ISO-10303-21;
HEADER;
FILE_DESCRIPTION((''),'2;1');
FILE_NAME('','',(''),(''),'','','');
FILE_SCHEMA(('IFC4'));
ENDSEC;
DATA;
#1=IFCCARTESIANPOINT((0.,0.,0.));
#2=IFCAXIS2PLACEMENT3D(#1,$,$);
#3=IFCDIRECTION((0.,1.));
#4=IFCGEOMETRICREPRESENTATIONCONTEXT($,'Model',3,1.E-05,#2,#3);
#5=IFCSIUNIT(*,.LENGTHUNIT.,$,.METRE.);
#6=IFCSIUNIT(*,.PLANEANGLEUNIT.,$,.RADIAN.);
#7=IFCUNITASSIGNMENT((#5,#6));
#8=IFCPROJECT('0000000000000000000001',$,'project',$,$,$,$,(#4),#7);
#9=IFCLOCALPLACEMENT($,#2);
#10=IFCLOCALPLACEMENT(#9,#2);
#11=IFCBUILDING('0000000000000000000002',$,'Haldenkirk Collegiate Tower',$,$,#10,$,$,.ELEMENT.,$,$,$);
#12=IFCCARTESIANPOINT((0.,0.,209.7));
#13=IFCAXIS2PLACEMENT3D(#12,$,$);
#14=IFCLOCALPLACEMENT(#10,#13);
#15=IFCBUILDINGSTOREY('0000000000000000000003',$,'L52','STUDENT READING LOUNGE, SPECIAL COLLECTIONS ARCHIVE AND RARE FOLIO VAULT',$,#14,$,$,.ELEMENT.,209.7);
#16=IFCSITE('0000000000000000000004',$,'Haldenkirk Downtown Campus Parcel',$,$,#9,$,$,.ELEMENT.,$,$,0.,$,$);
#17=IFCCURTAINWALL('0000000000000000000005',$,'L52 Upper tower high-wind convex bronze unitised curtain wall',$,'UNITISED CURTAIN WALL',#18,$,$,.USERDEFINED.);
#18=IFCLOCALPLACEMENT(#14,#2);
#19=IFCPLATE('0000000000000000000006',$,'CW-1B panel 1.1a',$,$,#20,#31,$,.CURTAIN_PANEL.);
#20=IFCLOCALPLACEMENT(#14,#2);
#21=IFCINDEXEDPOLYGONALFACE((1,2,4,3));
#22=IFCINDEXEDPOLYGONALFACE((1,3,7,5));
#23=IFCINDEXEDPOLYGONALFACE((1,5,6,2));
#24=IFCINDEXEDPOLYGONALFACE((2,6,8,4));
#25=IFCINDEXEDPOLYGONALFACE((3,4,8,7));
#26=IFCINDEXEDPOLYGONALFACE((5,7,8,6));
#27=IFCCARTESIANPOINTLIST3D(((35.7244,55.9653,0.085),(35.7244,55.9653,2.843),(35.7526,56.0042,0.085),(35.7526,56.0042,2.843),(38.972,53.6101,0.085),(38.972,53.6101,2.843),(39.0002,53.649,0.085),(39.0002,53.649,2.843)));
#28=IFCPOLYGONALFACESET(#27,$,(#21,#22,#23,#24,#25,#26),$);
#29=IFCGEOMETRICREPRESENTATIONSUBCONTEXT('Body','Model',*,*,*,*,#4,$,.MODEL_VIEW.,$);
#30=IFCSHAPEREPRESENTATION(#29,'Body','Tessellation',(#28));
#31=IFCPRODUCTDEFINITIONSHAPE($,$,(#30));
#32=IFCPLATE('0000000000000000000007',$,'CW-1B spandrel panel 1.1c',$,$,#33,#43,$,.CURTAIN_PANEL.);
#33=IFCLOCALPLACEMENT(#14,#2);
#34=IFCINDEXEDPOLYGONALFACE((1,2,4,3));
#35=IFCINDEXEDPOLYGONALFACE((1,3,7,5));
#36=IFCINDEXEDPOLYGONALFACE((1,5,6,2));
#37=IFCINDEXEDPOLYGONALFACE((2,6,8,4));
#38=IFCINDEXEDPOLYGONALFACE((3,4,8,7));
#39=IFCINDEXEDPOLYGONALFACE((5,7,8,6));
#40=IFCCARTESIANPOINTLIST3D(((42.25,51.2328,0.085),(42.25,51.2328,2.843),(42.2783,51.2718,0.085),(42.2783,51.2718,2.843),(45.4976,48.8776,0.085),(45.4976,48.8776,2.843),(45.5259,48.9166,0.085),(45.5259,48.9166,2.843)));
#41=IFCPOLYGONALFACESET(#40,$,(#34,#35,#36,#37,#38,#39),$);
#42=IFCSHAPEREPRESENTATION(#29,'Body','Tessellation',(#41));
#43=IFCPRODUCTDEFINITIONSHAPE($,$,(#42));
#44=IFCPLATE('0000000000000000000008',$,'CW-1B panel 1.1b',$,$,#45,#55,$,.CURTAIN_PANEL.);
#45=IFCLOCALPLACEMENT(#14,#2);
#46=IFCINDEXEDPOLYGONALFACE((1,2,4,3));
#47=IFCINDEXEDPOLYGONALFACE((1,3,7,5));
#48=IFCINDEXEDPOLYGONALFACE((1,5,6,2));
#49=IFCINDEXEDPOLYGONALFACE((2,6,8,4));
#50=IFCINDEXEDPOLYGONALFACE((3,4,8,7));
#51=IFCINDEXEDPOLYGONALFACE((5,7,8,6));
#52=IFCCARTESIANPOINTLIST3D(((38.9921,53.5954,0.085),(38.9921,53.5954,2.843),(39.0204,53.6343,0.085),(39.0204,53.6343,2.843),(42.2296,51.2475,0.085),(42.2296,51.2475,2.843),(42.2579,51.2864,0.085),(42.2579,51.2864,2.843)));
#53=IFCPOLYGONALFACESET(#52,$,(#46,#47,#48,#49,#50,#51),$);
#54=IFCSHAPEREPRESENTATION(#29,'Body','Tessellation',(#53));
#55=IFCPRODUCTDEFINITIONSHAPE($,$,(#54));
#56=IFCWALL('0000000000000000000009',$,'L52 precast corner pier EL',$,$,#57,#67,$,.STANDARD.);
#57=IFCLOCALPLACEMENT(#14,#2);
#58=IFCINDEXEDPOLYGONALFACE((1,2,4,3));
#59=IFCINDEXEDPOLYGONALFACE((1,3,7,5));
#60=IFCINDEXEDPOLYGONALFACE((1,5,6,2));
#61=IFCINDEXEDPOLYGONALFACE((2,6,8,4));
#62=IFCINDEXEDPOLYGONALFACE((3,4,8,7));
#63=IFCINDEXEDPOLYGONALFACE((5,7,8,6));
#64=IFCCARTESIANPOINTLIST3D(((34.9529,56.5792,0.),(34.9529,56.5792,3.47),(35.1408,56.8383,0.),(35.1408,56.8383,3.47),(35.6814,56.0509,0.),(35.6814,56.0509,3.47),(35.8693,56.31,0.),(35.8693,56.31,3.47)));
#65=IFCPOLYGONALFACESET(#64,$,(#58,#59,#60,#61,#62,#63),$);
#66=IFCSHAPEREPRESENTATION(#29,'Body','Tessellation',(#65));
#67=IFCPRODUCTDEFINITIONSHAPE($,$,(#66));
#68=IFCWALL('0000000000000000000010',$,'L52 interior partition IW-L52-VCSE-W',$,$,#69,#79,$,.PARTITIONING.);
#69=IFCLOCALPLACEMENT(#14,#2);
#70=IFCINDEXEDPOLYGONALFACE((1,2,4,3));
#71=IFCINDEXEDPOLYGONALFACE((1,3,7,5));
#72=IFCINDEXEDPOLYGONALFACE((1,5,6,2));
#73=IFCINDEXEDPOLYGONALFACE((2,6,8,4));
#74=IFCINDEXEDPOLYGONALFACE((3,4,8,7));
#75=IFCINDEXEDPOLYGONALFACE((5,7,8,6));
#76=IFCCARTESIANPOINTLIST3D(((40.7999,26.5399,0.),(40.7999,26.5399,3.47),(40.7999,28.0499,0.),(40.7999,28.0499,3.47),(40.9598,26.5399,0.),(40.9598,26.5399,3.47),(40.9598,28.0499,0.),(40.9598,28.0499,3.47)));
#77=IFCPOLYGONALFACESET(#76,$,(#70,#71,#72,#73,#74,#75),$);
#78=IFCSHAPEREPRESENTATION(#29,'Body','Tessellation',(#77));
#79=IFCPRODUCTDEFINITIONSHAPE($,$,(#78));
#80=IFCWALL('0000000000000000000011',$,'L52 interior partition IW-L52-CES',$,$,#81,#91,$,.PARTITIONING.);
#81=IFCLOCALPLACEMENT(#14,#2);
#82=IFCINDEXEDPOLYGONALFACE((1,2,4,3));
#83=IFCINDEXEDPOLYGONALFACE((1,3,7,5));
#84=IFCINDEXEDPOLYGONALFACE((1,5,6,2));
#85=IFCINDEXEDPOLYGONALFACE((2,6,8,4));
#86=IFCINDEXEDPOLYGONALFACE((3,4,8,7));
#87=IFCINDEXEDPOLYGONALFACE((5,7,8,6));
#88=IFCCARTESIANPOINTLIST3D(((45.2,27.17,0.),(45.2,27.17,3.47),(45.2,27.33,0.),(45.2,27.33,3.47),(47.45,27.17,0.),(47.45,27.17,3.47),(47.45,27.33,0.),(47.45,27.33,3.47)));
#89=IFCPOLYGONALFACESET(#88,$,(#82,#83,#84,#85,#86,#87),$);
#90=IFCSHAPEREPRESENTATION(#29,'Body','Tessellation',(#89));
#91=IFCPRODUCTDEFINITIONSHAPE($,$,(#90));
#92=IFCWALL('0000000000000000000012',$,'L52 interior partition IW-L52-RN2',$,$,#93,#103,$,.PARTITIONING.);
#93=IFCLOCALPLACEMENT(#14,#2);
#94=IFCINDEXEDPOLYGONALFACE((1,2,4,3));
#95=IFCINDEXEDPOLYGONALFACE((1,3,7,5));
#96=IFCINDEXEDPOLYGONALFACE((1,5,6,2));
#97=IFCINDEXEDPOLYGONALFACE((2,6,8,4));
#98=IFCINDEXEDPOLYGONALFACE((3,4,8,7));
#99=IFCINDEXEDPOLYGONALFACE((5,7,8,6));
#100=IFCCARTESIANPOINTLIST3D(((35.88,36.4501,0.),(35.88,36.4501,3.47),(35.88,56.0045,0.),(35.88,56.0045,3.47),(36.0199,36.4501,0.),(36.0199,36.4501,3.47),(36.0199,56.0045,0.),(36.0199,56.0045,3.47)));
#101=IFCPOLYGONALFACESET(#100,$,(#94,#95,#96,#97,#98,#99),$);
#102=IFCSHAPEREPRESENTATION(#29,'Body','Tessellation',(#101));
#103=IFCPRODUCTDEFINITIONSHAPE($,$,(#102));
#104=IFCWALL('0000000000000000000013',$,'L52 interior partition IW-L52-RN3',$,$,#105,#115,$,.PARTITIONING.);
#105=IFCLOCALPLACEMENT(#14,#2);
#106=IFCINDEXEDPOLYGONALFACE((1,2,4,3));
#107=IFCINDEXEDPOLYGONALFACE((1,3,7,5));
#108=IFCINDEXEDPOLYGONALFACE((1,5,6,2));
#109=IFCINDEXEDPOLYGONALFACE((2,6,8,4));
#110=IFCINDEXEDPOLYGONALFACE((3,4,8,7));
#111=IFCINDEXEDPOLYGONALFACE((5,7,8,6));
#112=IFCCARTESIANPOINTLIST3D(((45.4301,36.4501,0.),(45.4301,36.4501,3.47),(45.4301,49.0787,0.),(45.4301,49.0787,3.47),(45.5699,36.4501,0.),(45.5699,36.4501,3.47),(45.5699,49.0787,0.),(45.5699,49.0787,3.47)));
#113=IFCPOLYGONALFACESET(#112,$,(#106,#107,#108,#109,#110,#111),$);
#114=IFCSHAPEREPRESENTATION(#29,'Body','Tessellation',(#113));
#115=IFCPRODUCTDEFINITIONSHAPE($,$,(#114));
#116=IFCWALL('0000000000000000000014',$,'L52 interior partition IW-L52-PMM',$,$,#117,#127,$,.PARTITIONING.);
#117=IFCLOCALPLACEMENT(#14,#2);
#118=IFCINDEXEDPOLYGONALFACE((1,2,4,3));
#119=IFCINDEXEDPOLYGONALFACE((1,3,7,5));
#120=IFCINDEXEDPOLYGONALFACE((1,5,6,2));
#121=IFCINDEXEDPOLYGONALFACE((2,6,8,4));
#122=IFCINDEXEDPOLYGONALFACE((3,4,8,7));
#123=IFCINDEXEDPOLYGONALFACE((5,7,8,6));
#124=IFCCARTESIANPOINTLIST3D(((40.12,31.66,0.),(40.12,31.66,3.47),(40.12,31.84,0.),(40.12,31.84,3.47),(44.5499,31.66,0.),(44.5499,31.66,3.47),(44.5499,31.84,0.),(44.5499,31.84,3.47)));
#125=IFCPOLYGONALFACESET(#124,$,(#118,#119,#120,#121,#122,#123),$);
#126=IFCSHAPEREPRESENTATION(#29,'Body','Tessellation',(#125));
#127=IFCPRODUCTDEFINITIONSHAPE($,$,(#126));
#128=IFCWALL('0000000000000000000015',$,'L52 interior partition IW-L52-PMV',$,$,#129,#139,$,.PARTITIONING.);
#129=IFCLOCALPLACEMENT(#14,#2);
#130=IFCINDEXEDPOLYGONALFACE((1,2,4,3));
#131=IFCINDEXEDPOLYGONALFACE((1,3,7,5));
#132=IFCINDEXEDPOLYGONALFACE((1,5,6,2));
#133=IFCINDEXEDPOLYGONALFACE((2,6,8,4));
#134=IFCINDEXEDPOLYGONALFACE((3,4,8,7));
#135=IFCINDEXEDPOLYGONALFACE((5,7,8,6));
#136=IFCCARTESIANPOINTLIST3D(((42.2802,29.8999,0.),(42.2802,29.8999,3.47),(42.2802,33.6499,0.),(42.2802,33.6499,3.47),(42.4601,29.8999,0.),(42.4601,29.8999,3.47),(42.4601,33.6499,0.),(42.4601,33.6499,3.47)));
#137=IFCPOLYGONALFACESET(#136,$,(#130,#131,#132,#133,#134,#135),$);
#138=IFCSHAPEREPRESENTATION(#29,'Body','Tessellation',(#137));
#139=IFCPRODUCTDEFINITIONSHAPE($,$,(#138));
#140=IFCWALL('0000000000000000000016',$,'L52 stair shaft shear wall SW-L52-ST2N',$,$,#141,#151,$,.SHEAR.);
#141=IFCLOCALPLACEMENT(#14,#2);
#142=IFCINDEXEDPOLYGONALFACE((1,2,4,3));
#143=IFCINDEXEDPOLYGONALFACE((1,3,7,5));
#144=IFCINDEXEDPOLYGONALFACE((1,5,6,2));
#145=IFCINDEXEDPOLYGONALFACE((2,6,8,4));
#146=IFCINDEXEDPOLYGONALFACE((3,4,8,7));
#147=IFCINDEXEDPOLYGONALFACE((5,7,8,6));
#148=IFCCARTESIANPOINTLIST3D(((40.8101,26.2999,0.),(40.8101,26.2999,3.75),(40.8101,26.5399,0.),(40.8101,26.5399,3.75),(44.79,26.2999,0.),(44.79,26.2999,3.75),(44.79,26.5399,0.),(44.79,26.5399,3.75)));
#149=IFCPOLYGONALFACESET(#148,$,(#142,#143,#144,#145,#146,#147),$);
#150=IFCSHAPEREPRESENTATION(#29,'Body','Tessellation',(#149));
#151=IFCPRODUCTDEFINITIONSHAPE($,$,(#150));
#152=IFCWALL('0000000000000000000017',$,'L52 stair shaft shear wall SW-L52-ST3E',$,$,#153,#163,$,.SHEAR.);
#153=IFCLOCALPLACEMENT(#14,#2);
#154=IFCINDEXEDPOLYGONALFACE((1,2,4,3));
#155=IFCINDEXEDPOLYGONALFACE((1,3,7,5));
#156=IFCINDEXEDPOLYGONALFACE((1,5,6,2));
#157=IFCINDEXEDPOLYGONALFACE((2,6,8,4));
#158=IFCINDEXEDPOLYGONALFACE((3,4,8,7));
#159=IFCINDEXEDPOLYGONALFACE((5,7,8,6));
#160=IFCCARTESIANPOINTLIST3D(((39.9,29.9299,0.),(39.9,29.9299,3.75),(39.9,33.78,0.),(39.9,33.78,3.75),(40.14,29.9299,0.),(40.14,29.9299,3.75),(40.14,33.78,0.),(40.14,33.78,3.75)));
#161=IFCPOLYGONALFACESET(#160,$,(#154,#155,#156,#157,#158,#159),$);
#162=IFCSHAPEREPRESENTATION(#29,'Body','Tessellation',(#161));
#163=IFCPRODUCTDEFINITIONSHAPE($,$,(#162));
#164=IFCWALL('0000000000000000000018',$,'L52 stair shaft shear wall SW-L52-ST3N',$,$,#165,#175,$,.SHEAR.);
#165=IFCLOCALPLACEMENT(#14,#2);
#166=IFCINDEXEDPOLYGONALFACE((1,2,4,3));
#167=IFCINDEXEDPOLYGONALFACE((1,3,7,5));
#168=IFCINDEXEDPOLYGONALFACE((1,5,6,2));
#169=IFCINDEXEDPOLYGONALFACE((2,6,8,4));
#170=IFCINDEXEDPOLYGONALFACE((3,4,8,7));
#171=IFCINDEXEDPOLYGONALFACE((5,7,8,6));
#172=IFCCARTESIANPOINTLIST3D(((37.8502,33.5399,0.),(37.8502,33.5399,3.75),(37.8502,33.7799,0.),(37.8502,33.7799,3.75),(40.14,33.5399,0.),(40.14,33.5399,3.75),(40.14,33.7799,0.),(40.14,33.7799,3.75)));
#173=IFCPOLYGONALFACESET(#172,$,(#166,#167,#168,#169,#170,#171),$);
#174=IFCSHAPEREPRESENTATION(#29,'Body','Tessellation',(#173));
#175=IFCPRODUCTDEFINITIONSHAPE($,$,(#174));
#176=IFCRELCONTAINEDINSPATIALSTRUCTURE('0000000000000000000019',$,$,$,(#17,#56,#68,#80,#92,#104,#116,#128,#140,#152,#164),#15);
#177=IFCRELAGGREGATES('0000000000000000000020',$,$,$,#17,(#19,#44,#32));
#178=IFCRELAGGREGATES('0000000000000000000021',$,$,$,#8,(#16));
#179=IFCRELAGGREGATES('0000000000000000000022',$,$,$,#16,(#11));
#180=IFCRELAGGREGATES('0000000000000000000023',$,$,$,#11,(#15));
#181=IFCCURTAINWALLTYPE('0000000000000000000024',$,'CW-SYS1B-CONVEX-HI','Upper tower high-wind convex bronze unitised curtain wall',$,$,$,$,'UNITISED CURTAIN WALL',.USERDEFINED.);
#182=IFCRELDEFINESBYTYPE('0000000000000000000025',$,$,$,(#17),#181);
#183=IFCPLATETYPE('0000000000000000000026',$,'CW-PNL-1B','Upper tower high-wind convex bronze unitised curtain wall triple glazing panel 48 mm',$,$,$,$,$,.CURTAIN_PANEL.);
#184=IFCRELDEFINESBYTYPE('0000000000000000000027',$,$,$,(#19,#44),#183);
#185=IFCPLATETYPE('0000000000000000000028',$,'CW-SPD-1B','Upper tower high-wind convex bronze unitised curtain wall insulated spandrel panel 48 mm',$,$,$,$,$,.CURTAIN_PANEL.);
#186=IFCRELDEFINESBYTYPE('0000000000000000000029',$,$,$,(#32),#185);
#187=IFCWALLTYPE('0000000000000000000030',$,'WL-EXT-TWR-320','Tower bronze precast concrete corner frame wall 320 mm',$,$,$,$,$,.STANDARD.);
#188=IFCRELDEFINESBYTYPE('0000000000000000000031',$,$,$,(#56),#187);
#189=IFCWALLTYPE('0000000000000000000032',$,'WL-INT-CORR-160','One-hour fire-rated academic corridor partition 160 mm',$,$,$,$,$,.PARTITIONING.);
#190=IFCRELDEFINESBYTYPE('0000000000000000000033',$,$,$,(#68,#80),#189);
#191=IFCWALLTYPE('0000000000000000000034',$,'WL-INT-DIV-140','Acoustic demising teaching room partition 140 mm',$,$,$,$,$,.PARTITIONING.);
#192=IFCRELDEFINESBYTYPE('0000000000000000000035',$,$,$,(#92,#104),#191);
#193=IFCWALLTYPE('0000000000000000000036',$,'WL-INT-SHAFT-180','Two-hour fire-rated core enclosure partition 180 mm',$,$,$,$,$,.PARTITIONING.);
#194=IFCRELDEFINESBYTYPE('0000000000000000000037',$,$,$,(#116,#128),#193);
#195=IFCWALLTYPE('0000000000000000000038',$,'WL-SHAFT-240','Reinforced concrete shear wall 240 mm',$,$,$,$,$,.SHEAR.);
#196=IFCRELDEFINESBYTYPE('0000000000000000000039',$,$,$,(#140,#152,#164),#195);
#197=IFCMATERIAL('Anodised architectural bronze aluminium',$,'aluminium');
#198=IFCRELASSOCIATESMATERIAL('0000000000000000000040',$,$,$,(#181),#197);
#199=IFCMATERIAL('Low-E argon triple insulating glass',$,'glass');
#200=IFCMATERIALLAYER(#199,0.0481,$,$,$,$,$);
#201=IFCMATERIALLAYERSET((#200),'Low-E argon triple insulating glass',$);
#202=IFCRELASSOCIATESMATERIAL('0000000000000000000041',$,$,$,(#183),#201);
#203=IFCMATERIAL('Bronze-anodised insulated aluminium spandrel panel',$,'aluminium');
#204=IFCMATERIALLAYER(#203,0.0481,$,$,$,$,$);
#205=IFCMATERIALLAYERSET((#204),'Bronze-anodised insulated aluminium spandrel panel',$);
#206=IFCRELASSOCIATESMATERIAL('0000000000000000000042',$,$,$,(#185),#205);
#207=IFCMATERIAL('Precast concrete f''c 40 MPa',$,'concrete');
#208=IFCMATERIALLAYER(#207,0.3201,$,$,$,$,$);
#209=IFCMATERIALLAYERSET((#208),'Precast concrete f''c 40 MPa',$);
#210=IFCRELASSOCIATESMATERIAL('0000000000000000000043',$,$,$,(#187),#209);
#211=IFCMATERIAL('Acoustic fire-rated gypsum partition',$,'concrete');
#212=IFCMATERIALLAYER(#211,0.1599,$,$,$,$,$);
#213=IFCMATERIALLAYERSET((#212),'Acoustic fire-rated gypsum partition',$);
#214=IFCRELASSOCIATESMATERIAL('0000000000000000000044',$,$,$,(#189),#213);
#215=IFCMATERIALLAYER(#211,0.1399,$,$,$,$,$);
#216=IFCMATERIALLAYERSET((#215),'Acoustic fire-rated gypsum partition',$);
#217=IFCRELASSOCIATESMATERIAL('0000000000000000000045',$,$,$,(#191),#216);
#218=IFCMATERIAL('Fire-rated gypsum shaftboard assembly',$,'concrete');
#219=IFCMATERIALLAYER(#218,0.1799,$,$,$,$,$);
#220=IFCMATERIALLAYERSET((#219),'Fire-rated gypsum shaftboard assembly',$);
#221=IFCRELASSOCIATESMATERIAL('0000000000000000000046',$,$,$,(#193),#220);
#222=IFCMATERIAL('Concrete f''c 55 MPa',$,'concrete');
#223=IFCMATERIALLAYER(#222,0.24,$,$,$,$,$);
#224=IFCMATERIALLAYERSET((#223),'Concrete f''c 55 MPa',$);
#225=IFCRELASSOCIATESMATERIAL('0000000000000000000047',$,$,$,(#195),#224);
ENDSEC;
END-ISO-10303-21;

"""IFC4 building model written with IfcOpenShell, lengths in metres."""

from ifc_helpers import new_model, si_unit, direction, frame, frame_2d, origin, origin_2d, place, context, subcontext, project, spatial, rectangle, extrude, source, transform, mapped, material, layer, layer_set, type_object, element, aggregate, save


model = new_model("IFC4")

# Units and contexts
model_context = context("Model", 3, precision=1e-05, world=origin(), true_north=direction((0.0, 1.0)))
body_context = subcontext(model_context, "Body", "Model", "MODEL_VIEW")
ifc_project = project(units=[si_unit("LENGTHUNIT", "METRE"), si_unit("PLANEANGLEUNIT", "RADIAN")], contexts=[model_context])

# Site, building, storey
site_placement = place(None, origin())
site = spatial("IfcSite", under=ifc_project, at=site_placement, Name="Haldenkirk Downtown Campus Parcel", CompositionType="ELEMENT", RefElevation=0.0)
building_placement = place(site_placement, origin())
building = spatial("IfcBuilding", under=site, at=building_placement, Name="Haldenkirk Collegiate Tower", CompositionType="ELEMENT")
storey_placement = place(building_placement, frame((0.0, 0.0, 209.7)))
storey = spatial("IfcBuildingStorey", under=building, at=storey_placement, Name="L52", Description="STUDENT READING LOUNGE, SPECIAL COLLECTIONS ARCHIVE AND RARE FOLIO VAULT", CompositionType="ELEMENT", Elevation=209.7)

# Curtain wall, plates
ifc_material_1 = material(Name="Anodised architectural bronze aluminium", Category="aluminium")
curtain_wall_type = type_object("IfcCurtainWallType", Name="CW-SYS1B-CONVEX-HI", Description="Upper tower high-wind convex bronze unitised curtain wall", ElementType="UNITISED CURTAIN WALL", PredefinedType="USERDEFINED", material=ifc_material_1)
curtain_wall_placement = place(storey_placement, origin())
curtain_wall = element("IfcCurtainWall", 1, at=curtain_wall_placement, inside=storey, type_object=curtain_wall_type, Name="L52 Upper tower high-wind convex bronze unitised curtain wall", ObjectType="UNITISED CURTAIN WALL", PredefinedType="USERDEFINED")
ifc_material_2 = material(Name="Low-E argon triple insulating glass", Category="glass")
ifc_layer_1 = layer(ifc_material_2, 0.0481)
ifc_layer_set_1 = layer_set([ifc_layer_1], Name="Low-E argon triple insulating glass")
plate_type_1 = type_object("IfcPlateType", Name="CW-PNL-1B", Description="Upper tower high-wind convex bronze unitised curtain wall triple glazing panel 48 mm", PredefinedType="CURTAIN_PANEL", material=ifc_layer_set_1)
shared_shape_1 = source(origin(), body_context, "Body", "SweptSolid", [
    extrude(rectangle(XDim=4.0117, YDim=0.0481, at=origin_2d()), origin(), (0.0, 0.0, 1.0), 2.7581),
])
plate_1_placement = place(storey_placement, frame((37.3623, 54.8071, 0.085), z_axis=(0.0, 0.0, 1.0), x_axis=(0.809529, -0.58708, 0.0)))
plate_1 = element("IfcPlate", 2, at=plate_1_placement, type_object=plate_type_1, Name="CW-1B panel 1.1a", PredefinedType="CURTAIN_PANEL", context=body_context, shape_type="MappedRepresentation", body=[
    mapped(shared_shape_1, transform((0.0, 0.0, 0.0), x_axis=(1.0, 0.0, 0.0), y_axis=(0.0, 1.0, 0.0), z_axis=(0.0, 0.0, 1.0), scale=1.0)),
])
ifc_material_3 = material(Name="Bronze-anodised insulated aluminium spandrel panel", Category="aluminium")
ifc_layer_2 = layer(ifc_material_3, 0.0481)
ifc_layer_set_2 = layer_set([ifc_layer_2], Name="Bronze-anodised insulated aluminium spandrel panel")
plate_type_2 = type_object("IfcPlateType", Name="CW-SPD-1B", Description="Upper tower high-wind convex bronze unitised curtain wall insulated spandrel panel 48 mm", PredefinedType="CURTAIN_PANEL", material=ifc_layer_set_2)
plate_2_placement = place(storey_placement, frame((43.8879, 50.0747, 0.085), z_axis=(0.0, 0.0, 1.0), x_axis=(0.809529, -0.58708, 0.0)))
plate_2 = element("IfcPlate", 3, at=plate_2_placement, type_object=plate_type_2, Name="CW-1B spandrel panel 1.1c", PredefinedType="CURTAIN_PANEL", context=body_context, shape_type="MappedRepresentation", body=[
    mapped(shared_shape_1, transform((0.0, 0.0, 0.0), x_axis=(1.0, 0.0, 0.0), y_axis=(0.0, 1.0, 0.0), z_axis=(0.0, 0.0, 1.0), scale=1.0)),
])
shared_shape_2 = source(origin(), body_context, "Body", "SweptSolid", [
    extrude(rectangle(XDim=3.9993, YDim=0.0481, at=origin_2d()), origin(), (0.0, 0.0, 1.0), 2.7581),
])
plate_3_placement = place(storey_placement, frame((40.625, 52.4409, 0.085), z_axis=(0.0, 0.0, 1.0), x_axis=(0.809529, -0.58708, 0.0)))
plate_3 = element("IfcPlate", 4, at=plate_3_placement, type_object=plate_type_1, Name="CW-1B panel 1.1b", PredefinedType="CURTAIN_PANEL", context=body_context, shape_type="MappedRepresentation", body=[
    mapped(shared_shape_2, transform((0.0, 0.0, 0.0), x_axis=(1.0, 0.0, 0.0), y_axis=(0.0, 1.0, 0.0), z_axis=(0.0, 0.0, 1.0), scale=1.0)),
])
aggregate(curtain_wall, [plate_1, plate_3, plate_2])

# Wall
ifc_material_4 = material(Name="Precast concrete f'c 40 MPa", Category="concrete")
ifc_layer_3 = layer(ifc_material_4, 0.3201)
ifc_layer_set_3 = layer_set([ifc_layer_3], Name="Precast concrete f'c 40 MPa")
wall_type_1 = type_object("IfcWallType", Name="WL-EXT-TWR-320", Description="Tower bronze precast concrete corner frame wall 320 mm", PredefinedType="STANDARD", material=ifc_layer_set_3)
wall_1_placement = place(storey_placement, frame((35.0469, 56.7087, 0.0), z_axis=(0.0, 0.0, 1.0), x_axis=(0.809533, -0.587074, 0.0)))
element("IfcWall", 5, at=wall_1_placement, inside=storey, type_object=wall_type_1, Name="L52 precast corner pier EL", PredefinedType="STANDARD", context=body_context, shape_type="SweptSolid", body=[
    extrude(rectangle(XDim=0.8999, YDim=0.3201, at=frame_2d((0.45, 0.0))), origin(), (0.0, 0.0, 1.0), 3.47),
])

# Shared definitions
ifc_material_5 = material(Name="Acoustic fire-rated gypsum partition", Category="concrete")
ifc_layer_4 = layer(ifc_material_5, 0.1599)
ifc_layer_set_4 = layer_set([ifc_layer_4], Name="Acoustic fire-rated gypsum partition")
wall_type_2 = type_object("IfcWallType", Name="WL-INT-CORR-160", Description="One-hour fire-rated academic corridor partition 160 mm", PredefinedType="PARTITIONING", material=ifc_layer_set_4)

# Walls
wall_2_placement = place(storey_placement, frame((40.8799, 26.54, 0.0), z_axis=(0.0, 0.0, 1.0), x_axis=(0.0, 1.0, 0.0)))
element("IfcWall", 6, at=wall_2_placement, inside=storey, type_object=wall_type_2, Name="L52 interior partition IW-L52-VCSE-W", PredefinedType="PARTITIONING", context=body_context, shape_type="SweptSolid", body=[
    extrude(rectangle(XDim=1.51, YDim=0.1599, at=frame_2d((0.7549, 0.0))), origin(), (0.0, 0.0, 1.0), 3.47),
])
wall_3_placement = place(storey_placement, frame((45.2, 27.25, 0.0), z_axis=(0.0, 0.0, 1.0), x_axis=(1.0, 0.0, 0.0)))
element("IfcWall", 7, at=wall_3_placement, inside=storey, type_object=wall_type_2, Name="L52 interior partition IW-L52-CES", PredefinedType="PARTITIONING", context=body_context, shape_type="SweptSolid", body=[
    extrude(rectangle(XDim=2.25, YDim=0.1599, at=frame_2d((1.125, 0.0))), origin(), (0.0, 0.0, 1.0), 3.47),
])
ifc_layer_5 = layer(ifc_material_5, 0.1399)
ifc_layer_set_5 = layer_set([ifc_layer_5], Name="Acoustic fire-rated gypsum partition")
wall_type_3 = type_object("IfcWallType", Name="WL-INT-DIV-140", Description="Acoustic demising teaching room partition 140 mm", PredefinedType="PARTITIONING", material=ifc_layer_set_5)
wall_4_placement = place(storey_placement, frame((35.95, 36.45, 0.0), z_axis=(0.0, 0.0, 1.0), x_axis=(0.0, 1.0, 0.0)))
element("IfcWall", 8, at=wall_4_placement, inside=storey, type_object=wall_type_3, Name="L52 interior partition IW-L52-RN2", PredefinedType="PARTITIONING", context=body_context, shape_type="SweptSolid", body=[
    extrude(rectangle(XDim=19.5544, YDim=0.1399, at=frame_2d((9.7773, 0.0))), origin(), (0.0, 0.0, 1.0), 3.47),
])
wall_5_placement = place(storey_placement, frame((45.5, 36.45, 0.0), z_axis=(0.0, 0.0, 1.0), x_axis=(0.0, 1.0, 0.0)))
element("IfcWall", 9, at=wall_5_placement, inside=storey, type_object=wall_type_3, Name="L52 interior partition IW-L52-RN3", PredefinedType="PARTITIONING", context=body_context, shape_type="SweptSolid", body=[
    extrude(rectangle(XDim=12.6287, YDim=0.1399, at=frame_2d((6.3145, 0.0))), origin(), (0.0, 0.0, 1.0), 3.47),
])

# Shared definitions
ifc_material_6 = material(Name="Fire-rated gypsum shaftboard assembly", Category="concrete")
ifc_layer_6 = layer(ifc_material_6, 0.1799)
ifc_layer_set_6 = layer_set([ifc_layer_6], Name="Fire-rated gypsum shaftboard assembly")
wall_type_4 = type_object("IfcWallType", Name="WL-INT-SHAFT-180", Description="Two-hour fire-rated core enclosure partition 180 mm", PredefinedType="PARTITIONING", material=ifc_layer_set_6)

# Walls
wall_6_placement = place(storey_placement, frame((40.1201, 31.75, 0.0), z_axis=(0.0, 0.0, 1.0), x_axis=(1.0, 0.0, 0.0)))
element("IfcWall", 10, at=wall_6_placement, inside=storey, type_object=wall_type_4, Name="L52 interior partition IW-L52-PMM", PredefinedType="PARTITIONING", context=body_context, shape_type="SweptSolid", body=[
    extrude(rectangle(XDim=4.4299, YDim=0.1799, at=frame_2d((2.2148, 0.0))), origin(), (0.0, 0.0, 1.0), 3.47),
])
wall_7_placement = place(storey_placement, frame((42.3701, 29.8999, 0.0), z_axis=(0.0, 0.0, 1.0), x_axis=(0.0, 1.0, 0.0)))
element("IfcWall", 11, at=wall_7_placement, inside=storey, type_object=wall_type_4, Name="L52 interior partition IW-L52-PMV", PredefinedType="PARTITIONING", context=body_context, shape_type="SweptSolid", body=[
    extrude(rectangle(XDim=3.75, YDim=0.1799, at=frame_2d((1.875, 0.0))), origin(), (0.0, 0.0, 1.0), 3.47),
])
ifc_material_7 = material(Name="Concrete f'c 55 MPa", Category="concrete")
ifc_layer_7 = layer(ifc_material_7, 0.24)
ifc_layer_set_7 = layer_set([ifc_layer_7], Name="Concrete f'c 55 MPa")
wall_type_5 = type_object("IfcWallType", Name="WL-SHAFT-240", Description="Reinforced concrete shear wall 240 mm", PredefinedType="SHEAR", material=ifc_layer_set_7)
wall_8_placement = place(storey_placement, frame((40.8101, 26.4199, 0.0), z_axis=(0.0, 0.0, 1.0), x_axis=(1.0, 0.0, 0.0)))
element("IfcWall", 12, at=wall_8_placement, inside=storey, type_object=wall_type_5, Name="L52 stair shaft shear wall SW-L52-ST2N", PredefinedType="SHEAR", context=body_context, shape_type="SweptSolid", body=[
    extrude(rectangle(XDim=3.98, YDim=0.24, at=frame_2d((1.99, 0.0))), origin(), (0.0, 0.0, 1.0), 3.75),
])
wall_9_placement = place(storey_placement, frame((40.02, 29.9299, 0.0), z_axis=(0.0, 0.0, 1.0), x_axis=(0.0, 1.0, 0.0)))
element("IfcWall", 13, at=wall_9_placement, inside=storey, type_object=wall_type_5, Name="L52 stair shaft shear wall SW-L52-ST3E", PredefinedType="SHEAR", context=body_context, shape_type="SweptSolid", body=[
    extrude(rectangle(XDim=3.8501, YDim=0.24, at=frame_2d((1.925, 0.0))), origin(), (0.0, 0.0, 1.0), 3.75),
])
wall_10_placement = place(storey_placement, frame((37.8501, 33.6599, 0.0), z_axis=(0.0, 0.0, 1.0), x_axis=(1.0, 0.0, 0.0)))
element("IfcWall", 14, at=wall_10_placement, inside=storey, type_object=wall_type_5, Name="L52 stair shaft shear wall SW-L52-ST3N", PredefinedType="SHEAR", context=body_context, shape_type="SweptSolid", body=[
    extrude(rectangle(XDim=2.2898, YDim=0.24, at=frame_2d((1.145, 0.0))), origin(), (0.0, 0.0, 1.0), 3.75),
])

save(model, "model.ifc")
